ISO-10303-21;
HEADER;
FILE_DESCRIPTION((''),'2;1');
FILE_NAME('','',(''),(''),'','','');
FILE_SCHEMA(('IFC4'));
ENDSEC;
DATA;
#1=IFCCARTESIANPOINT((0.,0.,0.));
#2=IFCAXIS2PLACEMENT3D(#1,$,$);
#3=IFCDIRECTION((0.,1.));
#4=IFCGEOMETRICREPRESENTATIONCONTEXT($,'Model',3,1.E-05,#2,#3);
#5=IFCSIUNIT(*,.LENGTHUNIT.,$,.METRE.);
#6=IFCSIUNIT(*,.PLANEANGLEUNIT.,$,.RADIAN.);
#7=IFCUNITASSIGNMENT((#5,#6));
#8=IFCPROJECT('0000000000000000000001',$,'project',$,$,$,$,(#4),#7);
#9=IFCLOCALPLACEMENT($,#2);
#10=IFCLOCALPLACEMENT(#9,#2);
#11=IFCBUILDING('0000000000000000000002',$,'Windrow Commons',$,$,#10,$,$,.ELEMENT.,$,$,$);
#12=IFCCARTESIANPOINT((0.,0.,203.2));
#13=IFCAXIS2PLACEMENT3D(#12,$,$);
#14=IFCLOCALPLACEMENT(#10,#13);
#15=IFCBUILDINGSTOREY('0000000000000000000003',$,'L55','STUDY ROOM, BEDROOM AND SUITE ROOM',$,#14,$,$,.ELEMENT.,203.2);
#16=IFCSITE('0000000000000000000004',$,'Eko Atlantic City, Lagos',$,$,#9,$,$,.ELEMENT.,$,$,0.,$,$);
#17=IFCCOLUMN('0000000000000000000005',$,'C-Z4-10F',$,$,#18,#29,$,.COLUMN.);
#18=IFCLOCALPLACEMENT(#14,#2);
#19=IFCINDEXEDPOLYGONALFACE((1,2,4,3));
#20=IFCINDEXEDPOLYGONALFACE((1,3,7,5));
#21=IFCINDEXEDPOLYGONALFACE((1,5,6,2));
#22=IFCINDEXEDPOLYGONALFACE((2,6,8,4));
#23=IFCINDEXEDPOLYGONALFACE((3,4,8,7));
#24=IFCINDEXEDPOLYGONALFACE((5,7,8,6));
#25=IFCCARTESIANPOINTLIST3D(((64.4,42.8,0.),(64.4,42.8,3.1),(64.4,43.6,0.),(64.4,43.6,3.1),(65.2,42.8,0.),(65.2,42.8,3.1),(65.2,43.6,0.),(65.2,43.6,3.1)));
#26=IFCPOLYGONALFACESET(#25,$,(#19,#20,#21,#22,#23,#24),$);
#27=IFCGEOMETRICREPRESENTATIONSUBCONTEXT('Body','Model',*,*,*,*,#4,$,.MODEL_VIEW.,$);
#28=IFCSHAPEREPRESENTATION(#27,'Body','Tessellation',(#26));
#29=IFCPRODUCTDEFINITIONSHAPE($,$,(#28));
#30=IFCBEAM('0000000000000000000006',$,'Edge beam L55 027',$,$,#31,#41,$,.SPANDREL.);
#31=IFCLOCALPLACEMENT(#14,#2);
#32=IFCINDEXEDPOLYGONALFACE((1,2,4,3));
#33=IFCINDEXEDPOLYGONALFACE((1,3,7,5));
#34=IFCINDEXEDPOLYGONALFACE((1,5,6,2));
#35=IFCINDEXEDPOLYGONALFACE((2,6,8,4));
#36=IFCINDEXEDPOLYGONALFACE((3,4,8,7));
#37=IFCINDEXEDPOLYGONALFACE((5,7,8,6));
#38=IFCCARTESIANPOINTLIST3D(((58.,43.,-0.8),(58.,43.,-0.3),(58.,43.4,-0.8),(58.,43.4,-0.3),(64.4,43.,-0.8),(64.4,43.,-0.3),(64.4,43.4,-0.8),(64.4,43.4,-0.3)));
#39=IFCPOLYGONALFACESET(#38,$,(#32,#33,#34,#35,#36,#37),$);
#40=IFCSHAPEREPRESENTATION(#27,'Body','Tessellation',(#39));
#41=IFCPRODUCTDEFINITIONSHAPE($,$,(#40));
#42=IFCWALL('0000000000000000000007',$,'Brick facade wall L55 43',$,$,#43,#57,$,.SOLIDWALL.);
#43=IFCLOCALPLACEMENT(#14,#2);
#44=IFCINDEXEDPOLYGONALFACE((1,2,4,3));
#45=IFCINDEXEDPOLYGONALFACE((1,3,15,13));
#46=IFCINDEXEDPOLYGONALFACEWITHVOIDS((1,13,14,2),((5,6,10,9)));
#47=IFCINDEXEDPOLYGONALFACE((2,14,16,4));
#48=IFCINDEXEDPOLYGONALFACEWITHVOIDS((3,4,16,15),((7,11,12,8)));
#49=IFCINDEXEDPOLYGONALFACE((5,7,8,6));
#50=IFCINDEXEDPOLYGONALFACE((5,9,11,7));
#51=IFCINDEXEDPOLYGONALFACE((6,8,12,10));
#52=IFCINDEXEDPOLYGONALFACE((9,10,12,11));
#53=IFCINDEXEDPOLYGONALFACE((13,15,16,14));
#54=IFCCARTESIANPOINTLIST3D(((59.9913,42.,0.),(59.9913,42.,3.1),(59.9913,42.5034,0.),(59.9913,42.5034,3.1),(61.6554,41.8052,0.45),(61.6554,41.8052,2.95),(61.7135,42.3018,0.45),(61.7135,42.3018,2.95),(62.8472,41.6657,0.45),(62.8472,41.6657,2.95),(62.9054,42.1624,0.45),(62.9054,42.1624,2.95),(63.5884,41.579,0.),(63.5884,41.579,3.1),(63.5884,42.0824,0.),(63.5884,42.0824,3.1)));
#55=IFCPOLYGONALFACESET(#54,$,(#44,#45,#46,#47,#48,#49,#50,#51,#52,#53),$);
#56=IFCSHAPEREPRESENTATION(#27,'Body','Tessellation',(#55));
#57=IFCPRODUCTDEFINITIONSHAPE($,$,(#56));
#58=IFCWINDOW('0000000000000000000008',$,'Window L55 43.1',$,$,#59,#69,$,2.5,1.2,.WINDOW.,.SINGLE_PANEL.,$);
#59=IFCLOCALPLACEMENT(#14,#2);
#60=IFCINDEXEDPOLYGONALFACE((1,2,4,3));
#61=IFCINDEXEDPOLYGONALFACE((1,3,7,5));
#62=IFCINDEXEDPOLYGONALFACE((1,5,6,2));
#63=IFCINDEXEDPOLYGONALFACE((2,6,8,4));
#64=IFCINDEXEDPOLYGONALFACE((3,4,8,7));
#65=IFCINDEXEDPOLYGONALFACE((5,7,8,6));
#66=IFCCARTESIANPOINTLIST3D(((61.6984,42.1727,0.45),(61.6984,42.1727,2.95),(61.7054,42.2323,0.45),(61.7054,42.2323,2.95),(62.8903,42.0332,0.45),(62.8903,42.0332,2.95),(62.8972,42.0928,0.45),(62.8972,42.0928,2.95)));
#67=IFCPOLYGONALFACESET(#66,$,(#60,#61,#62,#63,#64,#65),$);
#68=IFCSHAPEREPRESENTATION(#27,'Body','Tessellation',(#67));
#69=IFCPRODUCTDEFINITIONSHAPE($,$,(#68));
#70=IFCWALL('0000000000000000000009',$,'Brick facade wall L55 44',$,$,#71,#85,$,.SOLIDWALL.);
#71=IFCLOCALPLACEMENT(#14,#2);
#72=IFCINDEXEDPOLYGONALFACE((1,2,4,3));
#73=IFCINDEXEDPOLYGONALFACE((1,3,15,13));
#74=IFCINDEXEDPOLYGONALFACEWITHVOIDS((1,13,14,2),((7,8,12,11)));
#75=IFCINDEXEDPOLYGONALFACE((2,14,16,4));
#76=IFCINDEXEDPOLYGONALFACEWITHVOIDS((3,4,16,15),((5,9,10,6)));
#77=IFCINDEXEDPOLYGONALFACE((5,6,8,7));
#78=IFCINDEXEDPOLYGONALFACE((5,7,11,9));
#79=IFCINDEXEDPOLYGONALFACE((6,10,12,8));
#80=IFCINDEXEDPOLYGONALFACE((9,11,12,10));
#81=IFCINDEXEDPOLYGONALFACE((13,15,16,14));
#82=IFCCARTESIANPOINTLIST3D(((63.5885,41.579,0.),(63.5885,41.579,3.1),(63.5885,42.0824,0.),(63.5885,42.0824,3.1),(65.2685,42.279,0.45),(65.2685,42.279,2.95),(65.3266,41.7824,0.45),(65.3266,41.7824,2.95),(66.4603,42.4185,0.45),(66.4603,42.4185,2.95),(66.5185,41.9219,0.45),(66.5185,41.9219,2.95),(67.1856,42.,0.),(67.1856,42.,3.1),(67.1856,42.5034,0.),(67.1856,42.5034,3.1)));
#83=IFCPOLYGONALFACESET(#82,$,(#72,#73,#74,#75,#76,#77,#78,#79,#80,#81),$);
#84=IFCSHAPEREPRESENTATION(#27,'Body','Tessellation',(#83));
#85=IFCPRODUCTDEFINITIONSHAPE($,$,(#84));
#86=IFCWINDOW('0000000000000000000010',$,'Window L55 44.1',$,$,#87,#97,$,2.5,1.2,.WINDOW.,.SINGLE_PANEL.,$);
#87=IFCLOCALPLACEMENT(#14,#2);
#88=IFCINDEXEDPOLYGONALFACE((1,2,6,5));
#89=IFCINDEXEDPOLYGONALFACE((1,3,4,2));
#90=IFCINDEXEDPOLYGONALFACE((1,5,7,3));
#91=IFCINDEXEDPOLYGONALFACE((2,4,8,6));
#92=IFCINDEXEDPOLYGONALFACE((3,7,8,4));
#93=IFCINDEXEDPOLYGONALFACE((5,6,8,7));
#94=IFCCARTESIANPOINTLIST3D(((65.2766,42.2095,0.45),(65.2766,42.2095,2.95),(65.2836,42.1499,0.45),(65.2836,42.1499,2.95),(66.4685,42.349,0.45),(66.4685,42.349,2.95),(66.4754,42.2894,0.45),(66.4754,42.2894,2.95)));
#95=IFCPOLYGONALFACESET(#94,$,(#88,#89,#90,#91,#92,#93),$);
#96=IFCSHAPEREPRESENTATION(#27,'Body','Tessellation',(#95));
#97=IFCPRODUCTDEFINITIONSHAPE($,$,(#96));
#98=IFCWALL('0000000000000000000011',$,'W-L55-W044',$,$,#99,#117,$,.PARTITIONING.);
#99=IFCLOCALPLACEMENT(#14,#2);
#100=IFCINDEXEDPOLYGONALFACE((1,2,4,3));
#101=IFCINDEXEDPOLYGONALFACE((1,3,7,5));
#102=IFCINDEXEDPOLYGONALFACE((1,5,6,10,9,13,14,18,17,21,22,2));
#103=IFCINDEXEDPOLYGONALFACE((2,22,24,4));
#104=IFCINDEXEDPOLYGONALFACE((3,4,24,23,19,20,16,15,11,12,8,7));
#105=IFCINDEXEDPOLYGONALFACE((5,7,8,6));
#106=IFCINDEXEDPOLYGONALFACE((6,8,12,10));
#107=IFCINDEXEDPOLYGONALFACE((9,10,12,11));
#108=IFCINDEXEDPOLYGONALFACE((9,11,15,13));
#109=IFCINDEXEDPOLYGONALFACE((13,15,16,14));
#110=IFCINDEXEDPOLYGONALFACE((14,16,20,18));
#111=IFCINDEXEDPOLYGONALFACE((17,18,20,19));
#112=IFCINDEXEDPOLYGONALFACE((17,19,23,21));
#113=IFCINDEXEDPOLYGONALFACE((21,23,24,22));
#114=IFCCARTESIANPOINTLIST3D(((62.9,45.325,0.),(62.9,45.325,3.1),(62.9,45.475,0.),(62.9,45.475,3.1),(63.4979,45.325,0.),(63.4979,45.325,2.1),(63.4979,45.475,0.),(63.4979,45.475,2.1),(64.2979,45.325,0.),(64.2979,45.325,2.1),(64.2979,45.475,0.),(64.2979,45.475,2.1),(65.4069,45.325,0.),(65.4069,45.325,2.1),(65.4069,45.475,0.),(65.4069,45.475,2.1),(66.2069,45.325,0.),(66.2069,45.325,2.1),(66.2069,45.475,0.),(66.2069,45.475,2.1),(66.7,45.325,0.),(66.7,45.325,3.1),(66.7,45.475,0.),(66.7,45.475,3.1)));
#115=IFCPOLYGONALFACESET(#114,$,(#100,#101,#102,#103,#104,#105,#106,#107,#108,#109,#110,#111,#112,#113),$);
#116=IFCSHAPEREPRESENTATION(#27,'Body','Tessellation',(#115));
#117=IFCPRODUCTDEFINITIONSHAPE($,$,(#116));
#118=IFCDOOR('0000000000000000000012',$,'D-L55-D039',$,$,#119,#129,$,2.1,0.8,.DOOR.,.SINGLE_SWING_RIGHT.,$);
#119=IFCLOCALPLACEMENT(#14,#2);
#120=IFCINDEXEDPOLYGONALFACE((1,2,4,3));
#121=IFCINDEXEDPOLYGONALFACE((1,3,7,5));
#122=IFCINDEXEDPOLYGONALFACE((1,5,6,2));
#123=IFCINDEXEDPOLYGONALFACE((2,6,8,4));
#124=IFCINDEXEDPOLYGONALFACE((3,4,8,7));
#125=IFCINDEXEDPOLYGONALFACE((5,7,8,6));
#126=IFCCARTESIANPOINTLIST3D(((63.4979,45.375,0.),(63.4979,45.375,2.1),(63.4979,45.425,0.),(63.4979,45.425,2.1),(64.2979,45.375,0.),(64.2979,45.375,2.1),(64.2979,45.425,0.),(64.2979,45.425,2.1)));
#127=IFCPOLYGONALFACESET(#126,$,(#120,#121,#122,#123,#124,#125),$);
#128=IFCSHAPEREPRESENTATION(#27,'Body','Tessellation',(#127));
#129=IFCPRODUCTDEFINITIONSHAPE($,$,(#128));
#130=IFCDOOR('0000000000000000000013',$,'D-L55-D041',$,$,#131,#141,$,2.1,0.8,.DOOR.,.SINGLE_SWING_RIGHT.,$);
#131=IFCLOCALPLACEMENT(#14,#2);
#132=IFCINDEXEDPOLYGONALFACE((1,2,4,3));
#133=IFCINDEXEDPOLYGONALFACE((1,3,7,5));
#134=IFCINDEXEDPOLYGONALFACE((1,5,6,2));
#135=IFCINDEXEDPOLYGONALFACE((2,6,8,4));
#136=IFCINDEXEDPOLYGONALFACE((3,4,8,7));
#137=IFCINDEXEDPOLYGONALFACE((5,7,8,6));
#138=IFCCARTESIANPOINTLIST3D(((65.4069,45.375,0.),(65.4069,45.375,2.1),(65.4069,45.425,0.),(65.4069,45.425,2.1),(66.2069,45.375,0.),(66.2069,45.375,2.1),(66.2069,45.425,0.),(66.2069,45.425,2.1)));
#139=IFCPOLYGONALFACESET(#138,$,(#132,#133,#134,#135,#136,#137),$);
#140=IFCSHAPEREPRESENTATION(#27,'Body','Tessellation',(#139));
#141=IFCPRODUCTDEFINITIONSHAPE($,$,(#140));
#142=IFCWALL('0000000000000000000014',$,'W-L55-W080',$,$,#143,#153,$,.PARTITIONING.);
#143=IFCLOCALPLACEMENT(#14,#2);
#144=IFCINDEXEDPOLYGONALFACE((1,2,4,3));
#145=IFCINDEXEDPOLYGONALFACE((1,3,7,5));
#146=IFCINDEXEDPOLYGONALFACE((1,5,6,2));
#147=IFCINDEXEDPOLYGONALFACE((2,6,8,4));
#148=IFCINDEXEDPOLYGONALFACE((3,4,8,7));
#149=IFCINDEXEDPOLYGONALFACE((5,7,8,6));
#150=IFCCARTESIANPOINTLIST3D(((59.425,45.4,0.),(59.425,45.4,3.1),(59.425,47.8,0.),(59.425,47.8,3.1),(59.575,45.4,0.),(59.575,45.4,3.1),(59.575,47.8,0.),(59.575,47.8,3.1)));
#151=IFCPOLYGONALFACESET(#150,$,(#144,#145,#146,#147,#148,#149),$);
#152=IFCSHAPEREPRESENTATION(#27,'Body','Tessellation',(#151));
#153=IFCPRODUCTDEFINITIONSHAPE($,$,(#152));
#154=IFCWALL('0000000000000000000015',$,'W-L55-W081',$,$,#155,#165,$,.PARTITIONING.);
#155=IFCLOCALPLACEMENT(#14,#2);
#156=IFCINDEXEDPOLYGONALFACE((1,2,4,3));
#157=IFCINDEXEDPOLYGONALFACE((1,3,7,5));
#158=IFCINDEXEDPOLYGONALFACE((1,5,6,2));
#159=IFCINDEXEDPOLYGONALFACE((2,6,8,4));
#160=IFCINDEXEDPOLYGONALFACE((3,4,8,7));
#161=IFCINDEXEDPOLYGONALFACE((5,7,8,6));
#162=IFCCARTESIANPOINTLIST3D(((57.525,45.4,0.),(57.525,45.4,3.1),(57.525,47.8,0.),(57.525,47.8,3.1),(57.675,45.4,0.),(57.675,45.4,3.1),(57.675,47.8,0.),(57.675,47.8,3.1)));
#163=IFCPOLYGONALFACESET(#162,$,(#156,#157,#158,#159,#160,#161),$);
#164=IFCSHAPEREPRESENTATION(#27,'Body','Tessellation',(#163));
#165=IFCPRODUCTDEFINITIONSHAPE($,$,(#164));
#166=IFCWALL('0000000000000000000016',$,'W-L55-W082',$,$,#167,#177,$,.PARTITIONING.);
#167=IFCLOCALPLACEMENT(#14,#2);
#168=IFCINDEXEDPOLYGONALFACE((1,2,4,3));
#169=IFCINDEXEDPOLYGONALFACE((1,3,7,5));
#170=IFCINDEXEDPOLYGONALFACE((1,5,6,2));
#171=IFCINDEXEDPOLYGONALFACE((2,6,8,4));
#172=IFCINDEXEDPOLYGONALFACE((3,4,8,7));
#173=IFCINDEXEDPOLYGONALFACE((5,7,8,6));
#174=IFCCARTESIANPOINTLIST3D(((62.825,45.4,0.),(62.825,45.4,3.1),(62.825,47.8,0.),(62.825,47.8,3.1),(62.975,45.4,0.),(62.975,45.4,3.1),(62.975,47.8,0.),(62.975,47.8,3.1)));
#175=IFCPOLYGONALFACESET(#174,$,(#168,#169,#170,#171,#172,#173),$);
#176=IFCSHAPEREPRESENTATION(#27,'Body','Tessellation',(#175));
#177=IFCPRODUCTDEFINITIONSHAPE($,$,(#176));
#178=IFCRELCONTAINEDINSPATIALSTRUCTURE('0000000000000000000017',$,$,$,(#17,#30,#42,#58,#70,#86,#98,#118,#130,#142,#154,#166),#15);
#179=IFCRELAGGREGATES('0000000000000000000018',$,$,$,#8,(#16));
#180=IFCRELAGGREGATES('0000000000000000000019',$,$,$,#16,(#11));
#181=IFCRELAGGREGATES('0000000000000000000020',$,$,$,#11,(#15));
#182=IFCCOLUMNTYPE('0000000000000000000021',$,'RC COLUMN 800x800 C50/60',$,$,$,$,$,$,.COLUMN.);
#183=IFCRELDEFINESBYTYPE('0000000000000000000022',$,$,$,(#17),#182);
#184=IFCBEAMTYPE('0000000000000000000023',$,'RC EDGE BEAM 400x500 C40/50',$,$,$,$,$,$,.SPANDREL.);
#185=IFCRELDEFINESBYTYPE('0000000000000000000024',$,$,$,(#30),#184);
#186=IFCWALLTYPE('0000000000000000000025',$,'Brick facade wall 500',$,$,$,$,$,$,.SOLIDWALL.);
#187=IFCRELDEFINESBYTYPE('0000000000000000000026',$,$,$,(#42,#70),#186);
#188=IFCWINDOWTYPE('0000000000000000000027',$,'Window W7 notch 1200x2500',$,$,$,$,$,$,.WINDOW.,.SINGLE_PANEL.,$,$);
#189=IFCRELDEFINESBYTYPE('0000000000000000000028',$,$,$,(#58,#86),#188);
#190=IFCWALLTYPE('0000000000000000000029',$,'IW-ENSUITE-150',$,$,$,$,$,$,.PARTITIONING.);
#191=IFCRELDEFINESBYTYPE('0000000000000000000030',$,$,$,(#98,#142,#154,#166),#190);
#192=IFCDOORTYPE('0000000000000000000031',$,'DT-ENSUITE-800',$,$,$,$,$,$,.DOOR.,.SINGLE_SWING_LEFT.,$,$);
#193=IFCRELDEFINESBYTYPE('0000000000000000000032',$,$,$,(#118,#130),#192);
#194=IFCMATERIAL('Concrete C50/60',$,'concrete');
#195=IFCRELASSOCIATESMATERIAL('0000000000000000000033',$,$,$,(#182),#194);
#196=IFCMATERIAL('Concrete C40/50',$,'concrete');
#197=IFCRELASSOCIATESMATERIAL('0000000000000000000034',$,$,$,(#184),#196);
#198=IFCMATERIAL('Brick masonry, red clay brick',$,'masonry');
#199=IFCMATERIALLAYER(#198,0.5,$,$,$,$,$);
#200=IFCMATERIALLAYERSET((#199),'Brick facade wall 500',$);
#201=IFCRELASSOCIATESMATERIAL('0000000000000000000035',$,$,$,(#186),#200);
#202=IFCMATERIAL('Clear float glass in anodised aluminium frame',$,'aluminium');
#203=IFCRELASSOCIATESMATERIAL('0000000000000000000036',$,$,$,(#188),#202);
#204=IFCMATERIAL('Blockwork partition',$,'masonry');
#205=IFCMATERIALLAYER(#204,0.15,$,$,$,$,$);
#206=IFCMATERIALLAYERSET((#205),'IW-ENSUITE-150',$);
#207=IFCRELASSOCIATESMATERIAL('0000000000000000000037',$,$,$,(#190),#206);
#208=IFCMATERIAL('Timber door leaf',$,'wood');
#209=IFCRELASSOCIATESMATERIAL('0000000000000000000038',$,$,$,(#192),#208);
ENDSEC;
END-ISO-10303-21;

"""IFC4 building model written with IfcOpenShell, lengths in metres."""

from ifc_helpers import new_model, si_unit, direction, frame, frame_2d, origin, origin_2d, place, context, subcontext, project, spatial, polyline, rectangle, outline, extrude, material, layer, layer_set, material_profile, profile_set, type_object, element, fill, save


model = new_model("IFC4")

# Units and contexts
model_context = context("Model", 3, precision=1e-05, world=origin(), true_north=direction((0.0, 1.0)))
body_context = subcontext(model_context, "Body", "Model", "MODEL_VIEW")
ifc_project = project(units=[si_unit("LENGTHUNIT", "METRE"), si_unit("PLANEANGLEUNIT", "RADIAN")], contexts=[model_context])

# Site, building, storey
site_placement = place(None, origin())
site = spatial("IfcSite", under=ifc_project, at=site_placement, Name="Eko Atlantic City, Lagos", CompositionType="ELEMENT", RefElevation=0.0)
building_placement = place(site_placement, origin())
building = spatial("IfcBuilding", under=site, at=building_placement, Name="Windrow Commons", CompositionType="ELEMENT")
storey_placement = place(building_placement, frame((0.0, 0.0, 203.2)))
storey = spatial("IfcBuildingStorey", under=building, at=storey_placement, Name="L55", Description="STUDY ROOM, BEDROOM AND SUITE ROOM", CompositionType="ELEMENT", Elevation=203.2)

# Column
ifc_material_1 = material(Name="Concrete C50/60", Category="concrete")
ifc_material_profile_1 = material_profile(ifc_material_1, rectangle(XDim=0.8, YDim=0.8, at=origin_2d()))
ifc_profile_set_1 = profile_set([ifc_material_profile_1], Name="Concrete C50/60")
column_type = type_object("IfcColumnType", Name="RC COLUMN 800x800 C50/60", PredefinedType="COLUMN", material=ifc_profile_set_1)
column_placement = place(storey_placement, frame((64.8, 43.2, 0.0), z_axis=(0.0, 0.0, 1.0), x_axis=(1.0, 0.0, 0.0)))
element("IfcColumn", 1, at=column_placement, inside=storey, type_object=column_type, Name="C-Z4-10F", PredefinedType="COLUMN", context=body_context, shape_type="SweptSolid", body=[
    extrude(rectangle(XDim=0.8, YDim=0.8, at=origin_2d()), origin(), (0.0, 0.0, 1.0), 3.1),
])

# Beam
ifc_material_2 = material(Name="Concrete C40/50", Category="concrete")
ifc_material_profile_2 = material_profile(ifc_material_2, rectangle(XDim=0.4, YDim=0.5, at=origin_2d()))
ifc_profile_set_2 = profile_set([ifc_material_profile_2], Name="Concrete C40/50")
beam_type = type_object("IfcBeamType", Name="RC EDGE BEAM 400x500 C40/50", PredefinedType="SPANDREL", material=ifc_profile_set_2)
beam_placement = place(storey_placement, frame((64.4, 43.2, -0.55), z_axis=(-1.0, 0.0, 0.0), x_axis=(0.0, -1.0, 0.0)))
element("IfcBeam", 2, at=beam_placement, inside=storey, type_object=beam_type, Name="Edge beam L55 027", PredefinedType="SPANDREL", context=body_context, shape_type="SweptSolid", body=[
    extrude(rectangle(XDim=0.4, YDim=0.5, at=origin_2d()), origin(), (0.0, 0.0, 1.0), 6.4),
])

# Walls, openings, windows
ifc_material_3 = material(Name="Brick masonry, red clay brick", Category="masonry")
ifc_layer_1 = layer(ifc_material_3, 0.5)
ifc_layer_set_1 = layer_set([ifc_layer_1], Name="Brick facade wall 500")
wall_type_1 = type_object("IfcWallType", Name="Brick facade wall 500", PredefinedType="SOLIDWALL", material=ifc_layer_set_1)
wall_1_placement = place(storey_placement, frame((59.9913, 42.2517, 0.0), z_axis=(0.0, 0.0, 1.0), x_axis=(0.993221, -0.116242, 0.0)))
wall_1 = element("IfcWall", 3, at=wall_1_placement, inside=storey, type_object=wall_type_1, Name="Brick facade wall L55 43", PredefinedType="SOLIDWALL", context=body_context, shape_type="SweptSolid", body=[
    extrude(outline(polyline([(0.0293, -0.25), (3.6509, -0.25), (3.5924, 0.25), (-0.0293, 0.25), (0.0293, -0.25)])), origin(), (0.0, 0.0, 1.0), 3.1),
])
opening_1_placement = place(wall_1_placement, frame((1.7047, 0.0, 0.45)))
opening_1 = element("IfcOpeningElement", 4, at=opening_1_placement, cuts=wall_1, PredefinedType="OPENING", context=body_context, shape_type="SweptSolid", body=[
    extrude(rectangle(XDim=1.2, YDim=2.5, at=frame_2d((0.6, 1.25))), frame((0.0, 0.26, 0.0), z_axis=(0.0, -1.0, 0.0), x_axis=(1.0, 0.0, 0.0)), (0.0, 0.0, 1.0), 0.52),
])
ifc_material_4 = material(Name="Clear float glass in anodised aluminium frame", Category="aluminium")
window_type = type_object("IfcWindowType", Name="Window W7 notch 1200x2500", PartitioningType="SINGLE_PANEL", PredefinedType="WINDOW", material=ifc_material_4)
window_1_placement = place(opening_1_placement, origin())
window_1 = element("IfcWindow", 5, at=window_1_placement, inside=storey, type_object=window_type, Name="Window L55 43.1", OverallHeight=2.5, OverallWidth=1.2, PartitioningType="SINGLE_PANEL", PredefinedType="WINDOW", context=body_context, shape_type="SweptSolid", body=[
    extrude(rectangle(XDim=1.2, YDim=2.5, at=frame_2d((0.6, 1.25))), frame((0.0, 0.18, 0.0), z_axis=(0.0, -1.0, 0.0), x_axis=(1.0, 0.0, 0.0)), (0.0, 0.0, 1.0), 0.06),
])
fill(opening_1, window_1)
wall_2_placement = place(storey_placement, frame((63.5885, 41.8307, 0.0), z_axis=(0.0, 0.0, 1.0), x_axis=(0.993221, 0.116245, 0.0)))
wall_2 = element("IfcWall", 6, at=wall_2_placement, inside=storey, type_object=wall_type_1, Name="Brick facade wall L55 44", PredefinedType="SOLIDWALL", context=body_context, shape_type="SweptSolid", body=[
    extrude(outline(polyline([(-0.0293, -0.25), (3.5924, -0.25), (3.6509, 0.25), (0.0293, 0.25), (-0.0293, -0.25)])), origin(), (0.0, 0.0, 1.0), 3.1),
])
opening_2_placement = place(wall_2_placement, frame((1.7207, 0.0, 0.45)))
opening_2 = element("IfcOpeningElement", 7, at=opening_2_placement, cuts=wall_2, PredefinedType="OPENING", context=body_context, shape_type="SweptSolid", body=[
    extrude(rectangle(XDim=1.2, YDim=2.5, at=frame_2d((0.6, 1.25))), frame((0.0, 0.26, 0.0), z_axis=(0.0, -1.0, 0.0), x_axis=(1.0, 0.0, 0.0)), (0.0, 0.0, 1.0), 0.52),
])
window_2_placement = place(opening_2_placement, origin())
window_2 = element("IfcWindow", 8, at=window_2_placement, inside=storey, type_object=window_type, Name="Window L55 44.1", OverallHeight=2.5, OverallWidth=1.2, PartitioningType="SINGLE_PANEL", PredefinedType="WINDOW", context=body_context, shape_type="SweptSolid", body=[
    extrude(rectangle(XDim=1.2, YDim=2.5, at=frame_2d((0.6, 1.25))), frame((0.0, 0.18, 0.0), z_axis=(0.0, -1.0, 0.0), x_axis=(1.0, 0.0, 0.0)), (0.0, 0.0, 1.0), 0.06),
])
fill(opening_2, window_2)

# Wall, openings, doors
ifc_material_5 = material(Name="Blockwork partition", Category="masonry")
ifc_layer_2 = layer(ifc_material_5, 0.15)
ifc_layer_set_2 = layer_set([ifc_layer_2], Name="IW-ENSUITE-150")
wall_type_2 = type_object("IfcWallType", Name="IW-ENSUITE-150", PredefinedType="PARTITIONING", material=ifc_layer_set_2)
wall_3_placement = place(storey_placement, frame((62.9, 45.4, 0.0), z_axis=(0.0, 0.0, 1.0), x_axis=(1.0, 0.0, 0.0)))
wall_3 = element("IfcWall", 9, at=wall_3_placement, inside=storey, type_object=wall_type_2, Name="W-L55-W044", PredefinedType="PARTITIONING", context=body_context, shape_type="SweptSolid", body=[
    extrude(rectangle(XDim=3.8, YDim=0.15, at=frame_2d((1.9, 0.0))), origin(), (0.0, 0.0, 1.0), 3.1),
])
opening_3_placement = place(wall_3_placement, frame((0.5979, 0.0, 0.0)))
opening_3 = element("IfcOpeningElement", 10, at=opening_3_placement, cuts=wall_3, PredefinedType="OPENING", context=body_context, shape_type="SweptSolid", body=[
    extrude(rectangle(XDim=0.8, YDim=2.1, at=frame_2d((0.4, 1.05))), frame((0.0, 0.085, 0.0), z_axis=(0.0, -1.0, 0.0), x_axis=(1.0, 0.0, 0.0)), (0.0, 0.0, 1.0), 0.17),
])
opening_4_placement = place(wall_3_placement, frame((2.5069, 0.0, 0.0)))
opening_4 = element("IfcOpeningElement", 11, at=opening_4_placement, cuts=wall_3, PredefinedType="OPENING", context=body_context, shape_type="SweptSolid", body=[
    extrude(rectangle(XDim=0.8, YDim=2.1, at=frame_2d((0.4, 1.05))), frame((0.0, 0.085, 0.0), z_axis=(0.0, -1.0, 0.0), x_axis=(1.0, 0.0, 0.0)), (0.0, 0.0, 1.0), 0.17),
])
ifc_material_6 = material(Name="Timber door leaf", Category="wood")
door_type = type_object("IfcDoorType", Name="DT-ENSUITE-800", OperationType="SINGLE_SWING_LEFT", PredefinedType="DOOR", material=ifc_material_6)
door_1_placement = place(opening_3_placement, origin())
door_1 = element("IfcDoor", 12, at=door_1_placement, inside=storey, type_object=door_type, Name="D-L55-D039", OperationType="SINGLE_SWING_RIGHT", OverallHeight=2.1, OverallWidth=0.8, PredefinedType="DOOR", context=body_context, shape_type="SweptSolid", body=[
    extrude(rectangle(XDim=0.8, YDim=2.1, at=frame_2d((0.4, 1.05))), frame((0.0, 0.025, 0.0), z_axis=(0.0, -1.0, 0.0), x_axis=(1.0, 0.0, 0.0)), (0.0, 0.0, 1.0), 0.05),
])
fill(opening_3, door_1)
door_2_placement = place(opening_4_placement, origin())
door_2 = element("IfcDoor", 13, at=door_2_placement, inside=storey, type_object=door_type, Name="D-L55-D041", OperationType="SINGLE_SWING_RIGHT", OverallHeight=2.1, OverallWidth=0.8, PredefinedType="DOOR", context=body_context, shape_type="SweptSolid", body=[
    extrude(rectangle(XDim=0.8, YDim=2.1, at=frame_2d((0.4, 1.05))), frame((0.0, 0.025, 0.0), z_axis=(0.0, -1.0, 0.0), x_axis=(1.0, 0.0, 0.0)), (0.0, 0.0, 1.0), 0.05),
])
fill(opening_4, door_2)

# Walls
for number, where, z_axis, x_axis, name in (
    (14, (59.5, 45.4, 0.0), (0.0, 0.0, 1.0), (0.0, 1.0, 0.0), "W-L55-W080"),
    (15, (57.6, 45.4, 0.0), (0.0, 0.0, 1.0), (0.0, 1.0, 0.0), "W-L55-W081"),
    (16, (62.9, 45.4, 0.0), (0.0, 0.0, 1.0), (0.0, 1.0, 0.0), "W-L55-W082"),
):
    element("IfcWall", number, at=place(storey_placement, frame(where, z_axis=z_axis, x_axis=x_axis)), inside=storey, type_object=wall_type_2, Name=name, PredefinedType="PARTITIONING", context=body_context, shape_type="SweptSolid", body=[
        extrude(rectangle(XDim=2.4, YDim=0.15, at=frame_2d((1.2, 0.0))), origin(), (0.0, 0.0, 1.0), 3.1),
    ])

save(model, "model.ifc")
